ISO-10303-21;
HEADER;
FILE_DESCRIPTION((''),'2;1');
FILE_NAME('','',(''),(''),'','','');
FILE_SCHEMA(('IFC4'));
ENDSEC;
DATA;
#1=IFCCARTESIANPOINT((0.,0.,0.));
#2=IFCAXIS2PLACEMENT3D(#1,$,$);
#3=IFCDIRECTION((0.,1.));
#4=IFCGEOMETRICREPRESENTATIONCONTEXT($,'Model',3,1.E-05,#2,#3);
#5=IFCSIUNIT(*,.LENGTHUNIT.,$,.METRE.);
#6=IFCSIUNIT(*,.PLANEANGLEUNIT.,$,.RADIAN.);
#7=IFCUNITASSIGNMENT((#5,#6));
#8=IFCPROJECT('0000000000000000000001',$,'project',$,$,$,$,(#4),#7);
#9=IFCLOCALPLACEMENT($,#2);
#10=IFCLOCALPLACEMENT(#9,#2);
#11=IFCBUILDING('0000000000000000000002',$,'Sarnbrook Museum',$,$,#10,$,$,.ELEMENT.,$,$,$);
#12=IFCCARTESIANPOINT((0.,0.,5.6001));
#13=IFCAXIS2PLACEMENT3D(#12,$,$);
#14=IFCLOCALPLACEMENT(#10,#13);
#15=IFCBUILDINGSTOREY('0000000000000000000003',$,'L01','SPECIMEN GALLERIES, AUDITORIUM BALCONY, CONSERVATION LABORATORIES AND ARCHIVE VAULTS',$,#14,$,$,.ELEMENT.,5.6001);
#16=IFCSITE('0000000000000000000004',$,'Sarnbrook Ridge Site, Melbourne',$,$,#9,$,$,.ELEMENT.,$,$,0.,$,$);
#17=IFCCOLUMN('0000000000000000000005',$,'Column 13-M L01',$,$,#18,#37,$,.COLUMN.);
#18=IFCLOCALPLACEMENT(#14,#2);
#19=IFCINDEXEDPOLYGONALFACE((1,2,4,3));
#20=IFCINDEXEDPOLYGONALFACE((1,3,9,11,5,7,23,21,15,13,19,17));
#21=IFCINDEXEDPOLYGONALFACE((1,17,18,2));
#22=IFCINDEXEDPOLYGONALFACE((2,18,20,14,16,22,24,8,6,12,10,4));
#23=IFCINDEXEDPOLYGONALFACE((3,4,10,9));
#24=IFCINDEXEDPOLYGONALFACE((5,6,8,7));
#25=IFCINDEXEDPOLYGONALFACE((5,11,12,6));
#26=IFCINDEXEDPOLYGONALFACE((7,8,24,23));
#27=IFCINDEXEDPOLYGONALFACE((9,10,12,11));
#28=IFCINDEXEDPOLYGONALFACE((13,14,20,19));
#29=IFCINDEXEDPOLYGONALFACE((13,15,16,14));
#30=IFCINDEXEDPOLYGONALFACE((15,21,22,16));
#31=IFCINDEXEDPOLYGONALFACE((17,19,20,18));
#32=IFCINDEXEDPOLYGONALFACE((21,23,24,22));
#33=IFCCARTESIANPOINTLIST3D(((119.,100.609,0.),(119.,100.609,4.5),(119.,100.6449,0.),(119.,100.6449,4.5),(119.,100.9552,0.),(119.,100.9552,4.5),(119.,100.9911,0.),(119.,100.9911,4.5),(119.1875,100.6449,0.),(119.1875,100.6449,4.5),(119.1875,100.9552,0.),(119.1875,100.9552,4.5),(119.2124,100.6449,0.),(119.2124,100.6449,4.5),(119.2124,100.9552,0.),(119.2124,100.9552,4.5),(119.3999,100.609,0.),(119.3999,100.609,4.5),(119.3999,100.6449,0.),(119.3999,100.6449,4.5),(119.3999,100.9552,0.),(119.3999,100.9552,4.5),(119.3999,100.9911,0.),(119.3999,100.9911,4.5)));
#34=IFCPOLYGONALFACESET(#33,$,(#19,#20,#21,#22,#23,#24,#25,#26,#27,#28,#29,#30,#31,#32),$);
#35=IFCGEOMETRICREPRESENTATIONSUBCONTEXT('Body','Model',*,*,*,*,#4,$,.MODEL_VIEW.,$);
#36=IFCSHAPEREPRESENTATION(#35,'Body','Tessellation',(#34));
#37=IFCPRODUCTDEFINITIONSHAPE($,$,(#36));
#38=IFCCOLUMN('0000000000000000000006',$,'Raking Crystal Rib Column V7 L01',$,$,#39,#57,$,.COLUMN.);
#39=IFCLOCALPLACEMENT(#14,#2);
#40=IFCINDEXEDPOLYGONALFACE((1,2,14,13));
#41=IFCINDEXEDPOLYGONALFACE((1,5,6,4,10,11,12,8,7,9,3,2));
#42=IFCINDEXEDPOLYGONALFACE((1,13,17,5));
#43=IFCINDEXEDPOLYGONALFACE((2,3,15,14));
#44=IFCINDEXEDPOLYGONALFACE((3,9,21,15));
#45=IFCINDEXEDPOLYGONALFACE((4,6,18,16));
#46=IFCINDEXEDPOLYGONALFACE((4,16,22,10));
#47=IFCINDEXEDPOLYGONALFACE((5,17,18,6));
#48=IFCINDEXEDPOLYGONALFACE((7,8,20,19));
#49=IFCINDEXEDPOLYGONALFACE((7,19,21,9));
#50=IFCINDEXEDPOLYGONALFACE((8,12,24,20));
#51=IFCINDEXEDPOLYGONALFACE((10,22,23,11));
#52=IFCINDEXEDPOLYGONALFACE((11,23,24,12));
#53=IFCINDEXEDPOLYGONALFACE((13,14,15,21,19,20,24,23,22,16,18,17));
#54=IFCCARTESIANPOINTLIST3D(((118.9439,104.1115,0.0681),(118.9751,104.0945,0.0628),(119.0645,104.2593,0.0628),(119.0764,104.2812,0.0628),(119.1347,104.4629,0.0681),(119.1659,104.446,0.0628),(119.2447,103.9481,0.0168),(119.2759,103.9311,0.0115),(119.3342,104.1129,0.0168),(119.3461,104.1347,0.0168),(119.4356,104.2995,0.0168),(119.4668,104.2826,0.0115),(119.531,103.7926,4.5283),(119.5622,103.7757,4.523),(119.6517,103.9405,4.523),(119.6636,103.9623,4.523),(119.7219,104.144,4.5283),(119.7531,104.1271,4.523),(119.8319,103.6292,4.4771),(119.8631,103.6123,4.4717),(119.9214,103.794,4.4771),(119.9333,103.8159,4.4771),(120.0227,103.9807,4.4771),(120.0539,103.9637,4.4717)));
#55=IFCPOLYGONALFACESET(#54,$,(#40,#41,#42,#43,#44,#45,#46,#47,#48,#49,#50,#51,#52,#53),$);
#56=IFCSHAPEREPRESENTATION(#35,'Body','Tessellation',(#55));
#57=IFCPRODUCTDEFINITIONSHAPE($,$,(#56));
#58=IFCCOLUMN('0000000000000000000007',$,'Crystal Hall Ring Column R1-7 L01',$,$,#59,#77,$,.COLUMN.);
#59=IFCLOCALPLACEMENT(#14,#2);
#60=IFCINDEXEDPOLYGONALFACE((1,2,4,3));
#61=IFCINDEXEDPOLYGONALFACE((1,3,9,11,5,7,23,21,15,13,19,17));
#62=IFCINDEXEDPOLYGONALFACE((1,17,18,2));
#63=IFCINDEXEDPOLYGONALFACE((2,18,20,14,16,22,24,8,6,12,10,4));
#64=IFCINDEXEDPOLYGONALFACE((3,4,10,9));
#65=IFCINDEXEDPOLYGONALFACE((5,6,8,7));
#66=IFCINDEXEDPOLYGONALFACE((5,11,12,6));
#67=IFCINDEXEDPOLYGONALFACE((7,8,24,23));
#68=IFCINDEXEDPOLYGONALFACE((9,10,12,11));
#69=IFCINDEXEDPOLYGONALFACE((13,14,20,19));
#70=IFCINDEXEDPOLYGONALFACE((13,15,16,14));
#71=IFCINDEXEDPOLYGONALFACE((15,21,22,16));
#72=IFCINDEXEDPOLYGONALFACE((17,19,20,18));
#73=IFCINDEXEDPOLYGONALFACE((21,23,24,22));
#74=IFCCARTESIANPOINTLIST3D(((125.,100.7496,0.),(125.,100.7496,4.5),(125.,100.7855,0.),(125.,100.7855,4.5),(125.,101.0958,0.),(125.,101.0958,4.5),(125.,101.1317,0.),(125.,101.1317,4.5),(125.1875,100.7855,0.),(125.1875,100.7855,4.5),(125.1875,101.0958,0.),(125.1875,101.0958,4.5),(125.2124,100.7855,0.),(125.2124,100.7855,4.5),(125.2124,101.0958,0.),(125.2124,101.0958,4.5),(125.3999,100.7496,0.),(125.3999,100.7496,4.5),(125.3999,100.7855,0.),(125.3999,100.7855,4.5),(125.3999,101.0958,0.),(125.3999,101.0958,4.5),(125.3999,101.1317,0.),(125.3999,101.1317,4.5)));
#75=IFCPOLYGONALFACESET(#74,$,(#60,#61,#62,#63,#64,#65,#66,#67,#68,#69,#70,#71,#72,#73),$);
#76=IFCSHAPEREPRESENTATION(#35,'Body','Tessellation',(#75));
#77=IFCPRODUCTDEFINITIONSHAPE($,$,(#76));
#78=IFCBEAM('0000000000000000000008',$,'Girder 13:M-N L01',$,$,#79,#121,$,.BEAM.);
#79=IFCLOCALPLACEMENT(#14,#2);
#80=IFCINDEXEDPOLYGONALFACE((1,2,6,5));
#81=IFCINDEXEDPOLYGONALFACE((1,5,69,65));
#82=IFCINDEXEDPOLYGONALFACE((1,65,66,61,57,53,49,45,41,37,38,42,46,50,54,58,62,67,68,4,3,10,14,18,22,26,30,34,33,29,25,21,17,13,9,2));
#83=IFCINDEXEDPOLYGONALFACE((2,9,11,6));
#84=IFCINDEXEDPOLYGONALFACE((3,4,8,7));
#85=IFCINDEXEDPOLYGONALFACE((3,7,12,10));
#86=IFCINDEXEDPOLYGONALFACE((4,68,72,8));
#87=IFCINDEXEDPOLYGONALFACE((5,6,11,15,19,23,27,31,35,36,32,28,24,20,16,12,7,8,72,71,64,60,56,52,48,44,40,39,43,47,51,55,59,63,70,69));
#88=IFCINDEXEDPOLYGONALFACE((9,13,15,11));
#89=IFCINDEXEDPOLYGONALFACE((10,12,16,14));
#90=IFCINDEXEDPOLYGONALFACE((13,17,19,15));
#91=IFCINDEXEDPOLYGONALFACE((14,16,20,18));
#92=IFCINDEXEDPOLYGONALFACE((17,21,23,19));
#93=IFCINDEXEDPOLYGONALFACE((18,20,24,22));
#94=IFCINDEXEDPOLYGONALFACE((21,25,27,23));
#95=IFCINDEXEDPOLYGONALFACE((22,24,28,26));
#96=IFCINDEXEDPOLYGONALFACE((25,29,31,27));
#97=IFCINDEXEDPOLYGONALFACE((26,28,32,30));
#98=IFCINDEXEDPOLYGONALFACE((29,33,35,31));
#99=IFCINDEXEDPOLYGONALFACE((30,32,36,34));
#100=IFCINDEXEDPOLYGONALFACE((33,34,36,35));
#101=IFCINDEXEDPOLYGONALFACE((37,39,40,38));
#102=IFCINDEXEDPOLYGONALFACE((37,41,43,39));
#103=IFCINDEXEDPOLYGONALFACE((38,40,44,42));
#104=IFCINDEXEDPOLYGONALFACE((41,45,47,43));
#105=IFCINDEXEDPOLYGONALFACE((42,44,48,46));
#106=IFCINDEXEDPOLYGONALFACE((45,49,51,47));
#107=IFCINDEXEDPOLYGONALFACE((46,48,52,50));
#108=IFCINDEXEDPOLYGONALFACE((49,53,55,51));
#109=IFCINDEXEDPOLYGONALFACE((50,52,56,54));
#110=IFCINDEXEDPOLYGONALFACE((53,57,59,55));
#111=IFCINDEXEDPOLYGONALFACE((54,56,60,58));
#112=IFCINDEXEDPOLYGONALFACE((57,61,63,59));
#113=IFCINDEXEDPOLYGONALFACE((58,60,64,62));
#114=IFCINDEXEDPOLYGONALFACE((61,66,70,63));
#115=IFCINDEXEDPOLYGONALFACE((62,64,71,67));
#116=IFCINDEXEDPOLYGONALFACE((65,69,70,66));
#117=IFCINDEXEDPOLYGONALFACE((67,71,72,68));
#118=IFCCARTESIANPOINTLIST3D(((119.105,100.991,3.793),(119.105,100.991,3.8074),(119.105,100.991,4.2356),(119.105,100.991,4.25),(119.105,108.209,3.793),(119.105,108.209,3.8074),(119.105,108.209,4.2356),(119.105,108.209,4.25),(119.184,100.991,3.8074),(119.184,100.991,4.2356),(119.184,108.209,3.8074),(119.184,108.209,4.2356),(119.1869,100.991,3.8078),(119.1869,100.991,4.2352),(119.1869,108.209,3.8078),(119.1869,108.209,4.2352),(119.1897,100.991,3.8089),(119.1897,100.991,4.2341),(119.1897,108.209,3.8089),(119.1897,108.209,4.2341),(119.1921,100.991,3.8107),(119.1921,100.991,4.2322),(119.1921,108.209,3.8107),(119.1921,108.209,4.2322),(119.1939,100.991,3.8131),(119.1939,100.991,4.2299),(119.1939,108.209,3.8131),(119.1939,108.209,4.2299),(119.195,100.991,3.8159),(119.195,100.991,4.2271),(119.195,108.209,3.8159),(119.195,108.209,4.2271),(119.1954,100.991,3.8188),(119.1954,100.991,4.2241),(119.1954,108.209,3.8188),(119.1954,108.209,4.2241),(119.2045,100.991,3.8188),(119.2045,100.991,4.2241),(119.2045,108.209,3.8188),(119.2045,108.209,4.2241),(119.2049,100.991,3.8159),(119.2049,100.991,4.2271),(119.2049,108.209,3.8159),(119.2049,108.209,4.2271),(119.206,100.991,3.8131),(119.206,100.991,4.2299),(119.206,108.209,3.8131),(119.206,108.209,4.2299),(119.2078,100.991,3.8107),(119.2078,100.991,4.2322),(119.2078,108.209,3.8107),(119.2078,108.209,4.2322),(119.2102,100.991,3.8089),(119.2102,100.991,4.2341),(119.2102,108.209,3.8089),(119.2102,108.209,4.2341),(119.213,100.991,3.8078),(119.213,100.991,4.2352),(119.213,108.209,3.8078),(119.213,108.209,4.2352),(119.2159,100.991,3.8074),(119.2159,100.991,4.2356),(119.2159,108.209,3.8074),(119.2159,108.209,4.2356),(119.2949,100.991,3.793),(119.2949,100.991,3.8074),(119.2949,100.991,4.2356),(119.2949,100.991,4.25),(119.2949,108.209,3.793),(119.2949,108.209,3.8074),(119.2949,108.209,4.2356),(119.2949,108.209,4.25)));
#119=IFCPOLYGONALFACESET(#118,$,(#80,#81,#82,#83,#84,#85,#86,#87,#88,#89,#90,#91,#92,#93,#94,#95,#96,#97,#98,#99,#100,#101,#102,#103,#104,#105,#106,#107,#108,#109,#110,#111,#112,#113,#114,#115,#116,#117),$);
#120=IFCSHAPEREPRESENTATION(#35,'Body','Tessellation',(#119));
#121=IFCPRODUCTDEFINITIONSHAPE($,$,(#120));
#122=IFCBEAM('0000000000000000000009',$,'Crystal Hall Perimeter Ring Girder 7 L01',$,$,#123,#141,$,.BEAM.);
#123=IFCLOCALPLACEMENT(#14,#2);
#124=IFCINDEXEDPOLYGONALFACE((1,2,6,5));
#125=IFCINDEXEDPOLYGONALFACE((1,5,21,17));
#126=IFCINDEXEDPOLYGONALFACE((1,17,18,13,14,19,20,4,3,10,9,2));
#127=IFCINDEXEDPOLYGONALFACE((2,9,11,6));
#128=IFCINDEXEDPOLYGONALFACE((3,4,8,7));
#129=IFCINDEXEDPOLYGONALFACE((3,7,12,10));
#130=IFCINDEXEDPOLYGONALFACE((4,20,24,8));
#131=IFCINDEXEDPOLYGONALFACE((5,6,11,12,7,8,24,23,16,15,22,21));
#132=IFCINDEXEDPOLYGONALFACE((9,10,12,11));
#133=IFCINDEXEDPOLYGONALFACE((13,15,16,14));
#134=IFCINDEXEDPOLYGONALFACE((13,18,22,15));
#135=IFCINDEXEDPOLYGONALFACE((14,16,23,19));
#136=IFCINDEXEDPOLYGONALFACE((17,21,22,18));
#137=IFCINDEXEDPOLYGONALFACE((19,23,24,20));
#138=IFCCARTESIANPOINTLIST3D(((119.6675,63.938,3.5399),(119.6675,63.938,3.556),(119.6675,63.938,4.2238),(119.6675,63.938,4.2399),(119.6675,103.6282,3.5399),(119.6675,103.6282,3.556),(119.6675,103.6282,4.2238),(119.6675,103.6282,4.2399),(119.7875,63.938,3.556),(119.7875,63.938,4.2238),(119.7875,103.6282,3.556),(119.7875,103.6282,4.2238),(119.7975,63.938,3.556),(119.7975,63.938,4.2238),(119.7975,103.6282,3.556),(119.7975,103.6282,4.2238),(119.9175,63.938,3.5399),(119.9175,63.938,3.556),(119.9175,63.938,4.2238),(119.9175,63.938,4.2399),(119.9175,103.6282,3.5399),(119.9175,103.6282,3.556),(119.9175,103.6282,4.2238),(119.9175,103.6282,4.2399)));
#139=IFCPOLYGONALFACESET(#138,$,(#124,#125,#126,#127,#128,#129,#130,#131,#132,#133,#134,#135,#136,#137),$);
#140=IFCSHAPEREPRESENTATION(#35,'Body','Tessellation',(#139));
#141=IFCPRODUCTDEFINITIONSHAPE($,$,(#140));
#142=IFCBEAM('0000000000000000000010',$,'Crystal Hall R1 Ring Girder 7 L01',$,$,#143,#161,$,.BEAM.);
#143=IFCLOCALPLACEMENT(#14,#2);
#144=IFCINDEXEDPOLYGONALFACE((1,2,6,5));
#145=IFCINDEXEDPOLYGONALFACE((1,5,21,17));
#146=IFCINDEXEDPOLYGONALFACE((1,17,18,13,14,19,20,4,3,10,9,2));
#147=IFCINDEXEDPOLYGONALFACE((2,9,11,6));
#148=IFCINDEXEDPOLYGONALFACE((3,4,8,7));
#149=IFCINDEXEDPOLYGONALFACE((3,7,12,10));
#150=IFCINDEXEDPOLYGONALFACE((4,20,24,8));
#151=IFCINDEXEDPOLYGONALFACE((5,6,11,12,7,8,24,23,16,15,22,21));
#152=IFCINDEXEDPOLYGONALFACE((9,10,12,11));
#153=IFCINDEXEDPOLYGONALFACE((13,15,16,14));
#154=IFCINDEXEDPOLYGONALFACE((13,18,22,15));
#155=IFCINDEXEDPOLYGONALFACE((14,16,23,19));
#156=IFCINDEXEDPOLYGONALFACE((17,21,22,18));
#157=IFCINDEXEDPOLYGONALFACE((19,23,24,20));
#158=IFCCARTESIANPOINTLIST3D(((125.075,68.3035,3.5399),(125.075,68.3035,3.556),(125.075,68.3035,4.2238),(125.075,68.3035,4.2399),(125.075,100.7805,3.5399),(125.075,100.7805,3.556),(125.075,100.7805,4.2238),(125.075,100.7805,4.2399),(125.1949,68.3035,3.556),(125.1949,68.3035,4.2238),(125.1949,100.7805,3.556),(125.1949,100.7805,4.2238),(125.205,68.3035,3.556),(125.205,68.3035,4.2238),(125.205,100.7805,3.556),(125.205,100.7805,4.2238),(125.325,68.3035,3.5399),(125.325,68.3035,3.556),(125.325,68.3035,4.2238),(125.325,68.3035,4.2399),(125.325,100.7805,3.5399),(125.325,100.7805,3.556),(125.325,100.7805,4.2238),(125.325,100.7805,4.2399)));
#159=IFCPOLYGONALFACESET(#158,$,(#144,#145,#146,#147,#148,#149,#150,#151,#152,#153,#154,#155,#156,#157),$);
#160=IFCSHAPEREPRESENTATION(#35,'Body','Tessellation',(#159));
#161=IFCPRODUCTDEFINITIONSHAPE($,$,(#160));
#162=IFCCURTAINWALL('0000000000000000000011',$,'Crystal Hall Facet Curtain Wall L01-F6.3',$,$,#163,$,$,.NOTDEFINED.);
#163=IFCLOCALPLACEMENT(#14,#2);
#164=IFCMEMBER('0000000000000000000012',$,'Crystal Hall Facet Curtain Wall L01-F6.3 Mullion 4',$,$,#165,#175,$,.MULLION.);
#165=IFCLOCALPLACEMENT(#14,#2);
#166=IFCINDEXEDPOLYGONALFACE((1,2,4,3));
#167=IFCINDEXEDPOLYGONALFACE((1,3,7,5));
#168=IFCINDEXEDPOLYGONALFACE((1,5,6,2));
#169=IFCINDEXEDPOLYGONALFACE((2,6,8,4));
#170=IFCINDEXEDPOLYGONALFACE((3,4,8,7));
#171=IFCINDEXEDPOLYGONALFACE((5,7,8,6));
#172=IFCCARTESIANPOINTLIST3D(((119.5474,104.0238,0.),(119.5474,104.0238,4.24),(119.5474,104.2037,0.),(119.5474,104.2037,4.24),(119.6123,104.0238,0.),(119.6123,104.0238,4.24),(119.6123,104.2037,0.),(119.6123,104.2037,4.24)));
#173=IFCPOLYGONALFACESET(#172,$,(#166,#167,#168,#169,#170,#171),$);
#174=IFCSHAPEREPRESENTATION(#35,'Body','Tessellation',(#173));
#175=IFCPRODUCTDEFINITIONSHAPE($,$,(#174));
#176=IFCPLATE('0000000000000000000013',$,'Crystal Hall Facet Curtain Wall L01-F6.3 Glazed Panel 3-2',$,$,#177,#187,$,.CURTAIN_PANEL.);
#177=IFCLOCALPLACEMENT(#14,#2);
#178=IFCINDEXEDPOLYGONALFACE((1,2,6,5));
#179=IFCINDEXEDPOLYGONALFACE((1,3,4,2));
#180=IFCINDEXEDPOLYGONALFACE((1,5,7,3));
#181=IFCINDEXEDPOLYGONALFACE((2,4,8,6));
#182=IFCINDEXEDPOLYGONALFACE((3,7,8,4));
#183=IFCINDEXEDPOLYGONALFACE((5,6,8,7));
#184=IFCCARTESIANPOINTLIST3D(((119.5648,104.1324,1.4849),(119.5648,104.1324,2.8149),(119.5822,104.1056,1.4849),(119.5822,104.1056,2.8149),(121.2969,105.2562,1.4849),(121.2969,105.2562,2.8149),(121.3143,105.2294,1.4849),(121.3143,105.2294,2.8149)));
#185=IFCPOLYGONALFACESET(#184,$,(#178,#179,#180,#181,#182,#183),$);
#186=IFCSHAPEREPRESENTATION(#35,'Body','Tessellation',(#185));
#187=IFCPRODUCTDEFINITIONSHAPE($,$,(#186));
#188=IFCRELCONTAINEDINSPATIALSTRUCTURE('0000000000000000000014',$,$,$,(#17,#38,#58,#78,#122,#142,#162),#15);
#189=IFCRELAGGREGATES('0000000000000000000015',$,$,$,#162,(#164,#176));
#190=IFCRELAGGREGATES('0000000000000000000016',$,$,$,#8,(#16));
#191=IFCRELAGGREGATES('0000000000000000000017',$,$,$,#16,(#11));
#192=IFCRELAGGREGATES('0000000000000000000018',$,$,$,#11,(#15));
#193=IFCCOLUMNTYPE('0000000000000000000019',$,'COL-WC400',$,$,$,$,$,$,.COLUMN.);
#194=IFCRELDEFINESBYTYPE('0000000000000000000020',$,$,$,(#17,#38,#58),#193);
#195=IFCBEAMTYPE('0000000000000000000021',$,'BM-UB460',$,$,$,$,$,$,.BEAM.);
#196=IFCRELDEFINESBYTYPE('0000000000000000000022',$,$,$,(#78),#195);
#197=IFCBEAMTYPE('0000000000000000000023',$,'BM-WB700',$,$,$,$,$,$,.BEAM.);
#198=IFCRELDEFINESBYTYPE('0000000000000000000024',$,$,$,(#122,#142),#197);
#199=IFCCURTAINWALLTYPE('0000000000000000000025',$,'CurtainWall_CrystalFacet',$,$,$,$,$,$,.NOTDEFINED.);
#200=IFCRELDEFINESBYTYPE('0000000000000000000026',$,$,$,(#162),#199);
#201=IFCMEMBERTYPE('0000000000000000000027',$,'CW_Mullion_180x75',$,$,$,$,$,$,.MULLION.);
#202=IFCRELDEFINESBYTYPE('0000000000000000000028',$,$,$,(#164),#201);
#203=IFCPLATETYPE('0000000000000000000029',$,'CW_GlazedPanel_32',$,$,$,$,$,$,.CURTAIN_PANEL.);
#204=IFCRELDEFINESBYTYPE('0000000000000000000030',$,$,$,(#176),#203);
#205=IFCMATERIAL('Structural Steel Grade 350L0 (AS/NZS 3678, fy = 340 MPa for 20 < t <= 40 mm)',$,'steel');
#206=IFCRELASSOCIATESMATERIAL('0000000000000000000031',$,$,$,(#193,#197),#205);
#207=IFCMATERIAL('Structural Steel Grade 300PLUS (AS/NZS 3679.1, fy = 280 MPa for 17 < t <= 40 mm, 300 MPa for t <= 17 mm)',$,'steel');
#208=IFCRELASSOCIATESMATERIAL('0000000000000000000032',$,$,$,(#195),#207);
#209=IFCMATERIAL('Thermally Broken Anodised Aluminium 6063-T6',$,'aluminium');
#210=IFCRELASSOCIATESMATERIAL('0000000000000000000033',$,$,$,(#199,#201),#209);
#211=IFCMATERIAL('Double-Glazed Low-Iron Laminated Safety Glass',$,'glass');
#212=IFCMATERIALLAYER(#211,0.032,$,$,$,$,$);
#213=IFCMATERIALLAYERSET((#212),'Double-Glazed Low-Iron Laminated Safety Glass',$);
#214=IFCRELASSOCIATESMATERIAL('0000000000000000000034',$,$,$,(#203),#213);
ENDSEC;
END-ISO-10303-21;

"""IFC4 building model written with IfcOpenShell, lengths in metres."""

from ifc_helpers import new_model, si_unit, direction, frame, origin, origin_2d, place, context, subcontext, project, spatial, rectangle, i_section, extrude, material, layer, layer_set, material_profile, profile_set, type_object, element, aggregate, save


model = new_model("IFC4")

# Units and contexts
model_context = context("Model", 3, precision=1e-05, world=origin(), true_north=direction((0.0, 1.0)))
body_context = subcontext(model_context, "Body", "Model", "MODEL_VIEW")
ifc_project = project(units=[si_unit("LENGTHUNIT", "METRE"), si_unit("PLANEANGLEUNIT", "RADIAN")], contexts=[model_context])

# Site, building, storey
site_placement = place(None, origin())
site = spatial("IfcSite", under=ifc_project, at=site_placement, Name="Sarnbrook Ridge Site, Melbourne", CompositionType="ELEMENT", RefElevation=0.0)
building_placement = place(site_placement, origin())
building = spatial("IfcBuilding", under=site, at=building_placement, Name="Sarnbrook Museum", CompositionType="ELEMENT")
storey_placement = place(building_placement, frame((0.0, 0.0, 5.6001)))
storey = spatial("IfcBuildingStorey", under=building, at=storey_placement, Name="L01", Description="SPECIMEN GALLERIES, AUDITORIUM BALCONY, CONSERVATION LABORATORIES AND ARCHIVE VAULTS", CompositionType="ELEMENT", Elevation=5.6001)

# Columns
ifc_material_1 = material(Name="Structural Steel Grade 350L0 (AS/NZS 3678, fy = 340 MPa for 20 < t <= 40 mm)", Category="steel")
ifc_material_profile_1 = material_profile(ifc_material_1, i_section(OverallWidth=0.3999, OverallDepth=0.3821, WebThickness=0.0249, FlangeThickness=0.0359, at=origin_2d()), Name="400WC270")
ifc_profile_set_1 = profile_set([ifc_material_profile_1], Name="Structural Steel Grade 350L0 (AS/NZS 3678, fy = 340 MPa for 20 < t <= 40 mm)")
column_type = type_object("IfcColumnType", Name="COL-WC400", PredefinedType="COLUMN", material=ifc_profile_set_1)
column_1_placement = place(storey_placement, frame((119.2, 100.8, 0.0), z_axis=(0.0, 0.0, 1.0), x_axis=(1.0, 0.0, 0.0)))
element("IfcColumn", 1, at=column_1_placement, inside=storey, type_object=column_type, Name="Column 13-M L01", PredefinedType="COLUMN", context=body_context, shape_type="SweptSolid", body=[
    extrude(i_section(OverallWidth=0.3999, OverallDepth=0.3821, WebThickness=0.0249, FlangeThickness=0.0359, at=origin_2d()), origin(), (0.0, 0.0, 1.0), 4.5),
])
column_2_placement = place(storey_placement, frame((119.2053, 104.197, 0.0398), z_axis=(0.130191, -0.070698, 0.988965), x_axis=(0.477213, 0.878788, 0.0)))
element("IfcColumn", 2, at=column_2_placement, inside=storey, type_object=column_type, Name="Raking Crystal Rib Column V7 L01", PredefinedType="COLUMN", context=body_context, shape_type="SweptSolid", body=[
    extrude(i_section(OverallWidth=0.3999, OverallDepth=0.3821, WebThickness=0.0249, FlangeThickness=0.0359, at=origin_2d()), origin(), (0.0, 0.0, 1.0), 4.51),
])
column_3_placement = place(storey_placement, frame((125.2, 100.9407, 0.0), z_axis=(0.0, 0.0, 1.0), x_axis=(1.0, 0.0, 0.0)))
element("IfcColumn", 3, at=column_3_placement, inside=storey, type_object=column_type, Name="Crystal Hall Ring Column R1-7 L01", PredefinedType="COLUMN", context=body_context, shape_type="SweptSolid", body=[
    extrude(i_section(OverallWidth=0.3999, OverallDepth=0.3821, WebThickness=0.0249, FlangeThickness=0.0359, at=origin_2d()), origin(), (0.0, 0.0, 1.0), 4.5),
])

# Beams
ifc_material_2 = material(Name="Structural Steel Grade 300PLUS (AS/NZS 3679.1, fy = 280 MPa for 17 < t <= 40 mm, 300 MPa for t <= 17 mm)", Category="steel")
ifc_material_profile_2 = material_profile(ifc_material_2, i_section(OverallWidth=0.1899, OverallDepth=0.457, WebThickness=0.009, FlangeThickness=0.0144, FilletRadius=0.0115, at=origin_2d()), Name="460UB74.6")
ifc_profile_set_2 = profile_set([ifc_material_profile_2], Name="Structural Steel Grade 300PLUS (AS/NZS 3679.1, fy = 280 MPa for 17 < t <= 40 mm, 300 MPa for t <= 17 mm)")
beam_type_1 = type_object("IfcBeamType", Name="BM-UB460", PredefinedType="BEAM", material=ifc_profile_set_2)
beam_1_placement = place(storey_placement, frame((119.2, 100.991, 4.0215), z_axis=(0.0, 1.0, 0.0), x_axis=(-1.0, 0.0, 0.0)))
element("IfcBeam", 4, at=beam_1_placement, inside=storey, type_object=beam_type_1, Name="Girder 13:M-N L01", PredefinedType="BEAM", context=body_context, shape_type="SweptSolid", body=[
    extrude(i_section(OverallWidth=0.1899, OverallDepth=0.457, WebThickness=0.009, FlangeThickness=0.0144, FilletRadius=0.0115, at=origin_2d()), origin(), (0.0, 0.0, 1.0), 7.218),
])
ifc_material_profile_3 = material_profile(ifc_material_1, i_section(OverallWidth=0.25, OverallDepth=0.7, WebThickness=0.01, FlangeThickness=0.0161, at=origin_2d()), Name="700WB130")
ifc_profile_set_3 = profile_set([ifc_material_profile_3], Name="Structural Steel Grade 350L0 (AS/NZS 3678, fy = 340 MPa for 20 < t <= 40 mm)")
beam_type_2 = type_object("IfcBeamType", Name="BM-WB700", PredefinedType="BEAM", material=ifc_profile_set_3)
beam_2_placement = place(storey_placement, frame((119.7925, 103.6282, 3.8899), z_axis=(0.0, -1.0, 0.0), x_axis=(1.0, 0.0, 0.0)))
element("IfcBeam", 5, at=beam_2_placement, inside=storey, type_object=beam_type_2, Name="Crystal Hall Perimeter Ring Girder 7 L01", PredefinedType="BEAM", context=body_context, shape_type="SweptSolid", body=[
    extrude(i_section(OverallWidth=0.25, OverallDepth=0.7, WebThickness=0.01, FlangeThickness=0.0161, at=origin_2d()), origin(), (0.0, 0.0, 1.0), 39.6902),
])
beam_3_placement = place(storey_placement, frame((125.2, 100.7805, 3.8899), z_axis=(0.0, -1.0, 0.0), x_axis=(1.0, 0.0, 0.0)))
element("IfcBeam", 6, at=beam_3_placement, inside=storey, type_object=beam_type_2, Name="Crystal Hall R1 Ring Girder 7 L01", PredefinedType="BEAM", context=body_context, shape_type="SweptSolid", body=[
    extrude(i_section(OverallWidth=0.25, OverallDepth=0.7, WebThickness=0.01, FlangeThickness=0.0161, at=origin_2d()), origin(), (0.0, 0.0, 1.0), 32.4771),
])

# Curtain wall, member, plate
ifc_material_3 = material(Name="Thermally Broken Anodised Aluminium 6063-T6", Category="aluminium")
curtain_wall_type = type_object("IfcCurtainWallType", Name="CurtainWall_CrystalFacet", PredefinedType="NOTDEFINED", material=ifc_material_3)
curtain_wall_placement = place(storey_placement, origin())
curtain_wall = element("IfcCurtainWall", 7, at=curtain_wall_placement, inside=storey, type_object=curtain_wall_type, Name="Crystal Hall Facet Curtain Wall L01-F6.3", PredefinedType="NOTDEFINED")
ifc_material_profile_4 = material_profile(ifc_material_3, rectangle(XDim=0.0649, YDim=0.1799, at=origin_2d()), Name="ALU MULLION 65x180")
ifc_profile_set_4 = profile_set([ifc_material_profile_4], Name="Thermally Broken Anodised Aluminium 6063-T6")
member_type = type_object("IfcMemberType", Name="CW_Mullion_180x75", PredefinedType="MULLION", material=ifc_profile_set_4)
member_placement = place(storey_placement, frame((119.5798, 104.1138, 0.0), z_axis=(0.0, 0.0, 1.0), x_axis=(1.0, 0.0, 0.0)))
member = element("IfcMember", 8, at=member_placement, type_object=member_type, Name="Crystal Hall Facet Curtain Wall L01-F6.3 Mullion 4", PredefinedType="MULLION", context=body_context, shape_type="SweptSolid", body=[
    extrude(rectangle(XDim=0.0649, YDim=0.1799, at=origin_2d()), origin(), (0.0, 0.0, 1.0), 4.24),
])
ifc_material_4 = material(Name="Double-Glazed Low-Iron Laminated Safety Glass", Category="glass")
ifc_layer_1 = layer(ifc_material_4, 0.032)
ifc_layer_set_1 = layer_set([ifc_layer_1], Name="Double-Glazed Low-Iron Laminated Safety Glass")
plate_type_1 = type_object("IfcPlateType", Name="CW_GlazedPanel_32", PredefinedType="CURTAIN_PANEL", material=ifc_layer_set_1)
plate_1_placement = place(storey_placement, frame((120.4482, 104.6675, 2.1499), z_axis=(-0.544287, 0.838899, 0.0), x_axis=(-0.838899, -0.544287, 0.0)))
plate_1 = element("IfcPlate", 9, at=plate_1_placement, type_object=plate_type_1, Name="Crystal Hall Facet Curtain Wall L01-F6.3 Glazed Panel 3-2", PredefinedType="CURTAIN_PANEL", context=body_context, shape_type="SweptSolid", body=[
    extrude(rectangle(XDim=2.0647, YDim=1.3301, at=origin_2d()), origin(), (0.0, 0.0, 1.0), 0.032),
])
aggregate(curtain_wall, [member, plate_1])

save(model, "model.ifc")
